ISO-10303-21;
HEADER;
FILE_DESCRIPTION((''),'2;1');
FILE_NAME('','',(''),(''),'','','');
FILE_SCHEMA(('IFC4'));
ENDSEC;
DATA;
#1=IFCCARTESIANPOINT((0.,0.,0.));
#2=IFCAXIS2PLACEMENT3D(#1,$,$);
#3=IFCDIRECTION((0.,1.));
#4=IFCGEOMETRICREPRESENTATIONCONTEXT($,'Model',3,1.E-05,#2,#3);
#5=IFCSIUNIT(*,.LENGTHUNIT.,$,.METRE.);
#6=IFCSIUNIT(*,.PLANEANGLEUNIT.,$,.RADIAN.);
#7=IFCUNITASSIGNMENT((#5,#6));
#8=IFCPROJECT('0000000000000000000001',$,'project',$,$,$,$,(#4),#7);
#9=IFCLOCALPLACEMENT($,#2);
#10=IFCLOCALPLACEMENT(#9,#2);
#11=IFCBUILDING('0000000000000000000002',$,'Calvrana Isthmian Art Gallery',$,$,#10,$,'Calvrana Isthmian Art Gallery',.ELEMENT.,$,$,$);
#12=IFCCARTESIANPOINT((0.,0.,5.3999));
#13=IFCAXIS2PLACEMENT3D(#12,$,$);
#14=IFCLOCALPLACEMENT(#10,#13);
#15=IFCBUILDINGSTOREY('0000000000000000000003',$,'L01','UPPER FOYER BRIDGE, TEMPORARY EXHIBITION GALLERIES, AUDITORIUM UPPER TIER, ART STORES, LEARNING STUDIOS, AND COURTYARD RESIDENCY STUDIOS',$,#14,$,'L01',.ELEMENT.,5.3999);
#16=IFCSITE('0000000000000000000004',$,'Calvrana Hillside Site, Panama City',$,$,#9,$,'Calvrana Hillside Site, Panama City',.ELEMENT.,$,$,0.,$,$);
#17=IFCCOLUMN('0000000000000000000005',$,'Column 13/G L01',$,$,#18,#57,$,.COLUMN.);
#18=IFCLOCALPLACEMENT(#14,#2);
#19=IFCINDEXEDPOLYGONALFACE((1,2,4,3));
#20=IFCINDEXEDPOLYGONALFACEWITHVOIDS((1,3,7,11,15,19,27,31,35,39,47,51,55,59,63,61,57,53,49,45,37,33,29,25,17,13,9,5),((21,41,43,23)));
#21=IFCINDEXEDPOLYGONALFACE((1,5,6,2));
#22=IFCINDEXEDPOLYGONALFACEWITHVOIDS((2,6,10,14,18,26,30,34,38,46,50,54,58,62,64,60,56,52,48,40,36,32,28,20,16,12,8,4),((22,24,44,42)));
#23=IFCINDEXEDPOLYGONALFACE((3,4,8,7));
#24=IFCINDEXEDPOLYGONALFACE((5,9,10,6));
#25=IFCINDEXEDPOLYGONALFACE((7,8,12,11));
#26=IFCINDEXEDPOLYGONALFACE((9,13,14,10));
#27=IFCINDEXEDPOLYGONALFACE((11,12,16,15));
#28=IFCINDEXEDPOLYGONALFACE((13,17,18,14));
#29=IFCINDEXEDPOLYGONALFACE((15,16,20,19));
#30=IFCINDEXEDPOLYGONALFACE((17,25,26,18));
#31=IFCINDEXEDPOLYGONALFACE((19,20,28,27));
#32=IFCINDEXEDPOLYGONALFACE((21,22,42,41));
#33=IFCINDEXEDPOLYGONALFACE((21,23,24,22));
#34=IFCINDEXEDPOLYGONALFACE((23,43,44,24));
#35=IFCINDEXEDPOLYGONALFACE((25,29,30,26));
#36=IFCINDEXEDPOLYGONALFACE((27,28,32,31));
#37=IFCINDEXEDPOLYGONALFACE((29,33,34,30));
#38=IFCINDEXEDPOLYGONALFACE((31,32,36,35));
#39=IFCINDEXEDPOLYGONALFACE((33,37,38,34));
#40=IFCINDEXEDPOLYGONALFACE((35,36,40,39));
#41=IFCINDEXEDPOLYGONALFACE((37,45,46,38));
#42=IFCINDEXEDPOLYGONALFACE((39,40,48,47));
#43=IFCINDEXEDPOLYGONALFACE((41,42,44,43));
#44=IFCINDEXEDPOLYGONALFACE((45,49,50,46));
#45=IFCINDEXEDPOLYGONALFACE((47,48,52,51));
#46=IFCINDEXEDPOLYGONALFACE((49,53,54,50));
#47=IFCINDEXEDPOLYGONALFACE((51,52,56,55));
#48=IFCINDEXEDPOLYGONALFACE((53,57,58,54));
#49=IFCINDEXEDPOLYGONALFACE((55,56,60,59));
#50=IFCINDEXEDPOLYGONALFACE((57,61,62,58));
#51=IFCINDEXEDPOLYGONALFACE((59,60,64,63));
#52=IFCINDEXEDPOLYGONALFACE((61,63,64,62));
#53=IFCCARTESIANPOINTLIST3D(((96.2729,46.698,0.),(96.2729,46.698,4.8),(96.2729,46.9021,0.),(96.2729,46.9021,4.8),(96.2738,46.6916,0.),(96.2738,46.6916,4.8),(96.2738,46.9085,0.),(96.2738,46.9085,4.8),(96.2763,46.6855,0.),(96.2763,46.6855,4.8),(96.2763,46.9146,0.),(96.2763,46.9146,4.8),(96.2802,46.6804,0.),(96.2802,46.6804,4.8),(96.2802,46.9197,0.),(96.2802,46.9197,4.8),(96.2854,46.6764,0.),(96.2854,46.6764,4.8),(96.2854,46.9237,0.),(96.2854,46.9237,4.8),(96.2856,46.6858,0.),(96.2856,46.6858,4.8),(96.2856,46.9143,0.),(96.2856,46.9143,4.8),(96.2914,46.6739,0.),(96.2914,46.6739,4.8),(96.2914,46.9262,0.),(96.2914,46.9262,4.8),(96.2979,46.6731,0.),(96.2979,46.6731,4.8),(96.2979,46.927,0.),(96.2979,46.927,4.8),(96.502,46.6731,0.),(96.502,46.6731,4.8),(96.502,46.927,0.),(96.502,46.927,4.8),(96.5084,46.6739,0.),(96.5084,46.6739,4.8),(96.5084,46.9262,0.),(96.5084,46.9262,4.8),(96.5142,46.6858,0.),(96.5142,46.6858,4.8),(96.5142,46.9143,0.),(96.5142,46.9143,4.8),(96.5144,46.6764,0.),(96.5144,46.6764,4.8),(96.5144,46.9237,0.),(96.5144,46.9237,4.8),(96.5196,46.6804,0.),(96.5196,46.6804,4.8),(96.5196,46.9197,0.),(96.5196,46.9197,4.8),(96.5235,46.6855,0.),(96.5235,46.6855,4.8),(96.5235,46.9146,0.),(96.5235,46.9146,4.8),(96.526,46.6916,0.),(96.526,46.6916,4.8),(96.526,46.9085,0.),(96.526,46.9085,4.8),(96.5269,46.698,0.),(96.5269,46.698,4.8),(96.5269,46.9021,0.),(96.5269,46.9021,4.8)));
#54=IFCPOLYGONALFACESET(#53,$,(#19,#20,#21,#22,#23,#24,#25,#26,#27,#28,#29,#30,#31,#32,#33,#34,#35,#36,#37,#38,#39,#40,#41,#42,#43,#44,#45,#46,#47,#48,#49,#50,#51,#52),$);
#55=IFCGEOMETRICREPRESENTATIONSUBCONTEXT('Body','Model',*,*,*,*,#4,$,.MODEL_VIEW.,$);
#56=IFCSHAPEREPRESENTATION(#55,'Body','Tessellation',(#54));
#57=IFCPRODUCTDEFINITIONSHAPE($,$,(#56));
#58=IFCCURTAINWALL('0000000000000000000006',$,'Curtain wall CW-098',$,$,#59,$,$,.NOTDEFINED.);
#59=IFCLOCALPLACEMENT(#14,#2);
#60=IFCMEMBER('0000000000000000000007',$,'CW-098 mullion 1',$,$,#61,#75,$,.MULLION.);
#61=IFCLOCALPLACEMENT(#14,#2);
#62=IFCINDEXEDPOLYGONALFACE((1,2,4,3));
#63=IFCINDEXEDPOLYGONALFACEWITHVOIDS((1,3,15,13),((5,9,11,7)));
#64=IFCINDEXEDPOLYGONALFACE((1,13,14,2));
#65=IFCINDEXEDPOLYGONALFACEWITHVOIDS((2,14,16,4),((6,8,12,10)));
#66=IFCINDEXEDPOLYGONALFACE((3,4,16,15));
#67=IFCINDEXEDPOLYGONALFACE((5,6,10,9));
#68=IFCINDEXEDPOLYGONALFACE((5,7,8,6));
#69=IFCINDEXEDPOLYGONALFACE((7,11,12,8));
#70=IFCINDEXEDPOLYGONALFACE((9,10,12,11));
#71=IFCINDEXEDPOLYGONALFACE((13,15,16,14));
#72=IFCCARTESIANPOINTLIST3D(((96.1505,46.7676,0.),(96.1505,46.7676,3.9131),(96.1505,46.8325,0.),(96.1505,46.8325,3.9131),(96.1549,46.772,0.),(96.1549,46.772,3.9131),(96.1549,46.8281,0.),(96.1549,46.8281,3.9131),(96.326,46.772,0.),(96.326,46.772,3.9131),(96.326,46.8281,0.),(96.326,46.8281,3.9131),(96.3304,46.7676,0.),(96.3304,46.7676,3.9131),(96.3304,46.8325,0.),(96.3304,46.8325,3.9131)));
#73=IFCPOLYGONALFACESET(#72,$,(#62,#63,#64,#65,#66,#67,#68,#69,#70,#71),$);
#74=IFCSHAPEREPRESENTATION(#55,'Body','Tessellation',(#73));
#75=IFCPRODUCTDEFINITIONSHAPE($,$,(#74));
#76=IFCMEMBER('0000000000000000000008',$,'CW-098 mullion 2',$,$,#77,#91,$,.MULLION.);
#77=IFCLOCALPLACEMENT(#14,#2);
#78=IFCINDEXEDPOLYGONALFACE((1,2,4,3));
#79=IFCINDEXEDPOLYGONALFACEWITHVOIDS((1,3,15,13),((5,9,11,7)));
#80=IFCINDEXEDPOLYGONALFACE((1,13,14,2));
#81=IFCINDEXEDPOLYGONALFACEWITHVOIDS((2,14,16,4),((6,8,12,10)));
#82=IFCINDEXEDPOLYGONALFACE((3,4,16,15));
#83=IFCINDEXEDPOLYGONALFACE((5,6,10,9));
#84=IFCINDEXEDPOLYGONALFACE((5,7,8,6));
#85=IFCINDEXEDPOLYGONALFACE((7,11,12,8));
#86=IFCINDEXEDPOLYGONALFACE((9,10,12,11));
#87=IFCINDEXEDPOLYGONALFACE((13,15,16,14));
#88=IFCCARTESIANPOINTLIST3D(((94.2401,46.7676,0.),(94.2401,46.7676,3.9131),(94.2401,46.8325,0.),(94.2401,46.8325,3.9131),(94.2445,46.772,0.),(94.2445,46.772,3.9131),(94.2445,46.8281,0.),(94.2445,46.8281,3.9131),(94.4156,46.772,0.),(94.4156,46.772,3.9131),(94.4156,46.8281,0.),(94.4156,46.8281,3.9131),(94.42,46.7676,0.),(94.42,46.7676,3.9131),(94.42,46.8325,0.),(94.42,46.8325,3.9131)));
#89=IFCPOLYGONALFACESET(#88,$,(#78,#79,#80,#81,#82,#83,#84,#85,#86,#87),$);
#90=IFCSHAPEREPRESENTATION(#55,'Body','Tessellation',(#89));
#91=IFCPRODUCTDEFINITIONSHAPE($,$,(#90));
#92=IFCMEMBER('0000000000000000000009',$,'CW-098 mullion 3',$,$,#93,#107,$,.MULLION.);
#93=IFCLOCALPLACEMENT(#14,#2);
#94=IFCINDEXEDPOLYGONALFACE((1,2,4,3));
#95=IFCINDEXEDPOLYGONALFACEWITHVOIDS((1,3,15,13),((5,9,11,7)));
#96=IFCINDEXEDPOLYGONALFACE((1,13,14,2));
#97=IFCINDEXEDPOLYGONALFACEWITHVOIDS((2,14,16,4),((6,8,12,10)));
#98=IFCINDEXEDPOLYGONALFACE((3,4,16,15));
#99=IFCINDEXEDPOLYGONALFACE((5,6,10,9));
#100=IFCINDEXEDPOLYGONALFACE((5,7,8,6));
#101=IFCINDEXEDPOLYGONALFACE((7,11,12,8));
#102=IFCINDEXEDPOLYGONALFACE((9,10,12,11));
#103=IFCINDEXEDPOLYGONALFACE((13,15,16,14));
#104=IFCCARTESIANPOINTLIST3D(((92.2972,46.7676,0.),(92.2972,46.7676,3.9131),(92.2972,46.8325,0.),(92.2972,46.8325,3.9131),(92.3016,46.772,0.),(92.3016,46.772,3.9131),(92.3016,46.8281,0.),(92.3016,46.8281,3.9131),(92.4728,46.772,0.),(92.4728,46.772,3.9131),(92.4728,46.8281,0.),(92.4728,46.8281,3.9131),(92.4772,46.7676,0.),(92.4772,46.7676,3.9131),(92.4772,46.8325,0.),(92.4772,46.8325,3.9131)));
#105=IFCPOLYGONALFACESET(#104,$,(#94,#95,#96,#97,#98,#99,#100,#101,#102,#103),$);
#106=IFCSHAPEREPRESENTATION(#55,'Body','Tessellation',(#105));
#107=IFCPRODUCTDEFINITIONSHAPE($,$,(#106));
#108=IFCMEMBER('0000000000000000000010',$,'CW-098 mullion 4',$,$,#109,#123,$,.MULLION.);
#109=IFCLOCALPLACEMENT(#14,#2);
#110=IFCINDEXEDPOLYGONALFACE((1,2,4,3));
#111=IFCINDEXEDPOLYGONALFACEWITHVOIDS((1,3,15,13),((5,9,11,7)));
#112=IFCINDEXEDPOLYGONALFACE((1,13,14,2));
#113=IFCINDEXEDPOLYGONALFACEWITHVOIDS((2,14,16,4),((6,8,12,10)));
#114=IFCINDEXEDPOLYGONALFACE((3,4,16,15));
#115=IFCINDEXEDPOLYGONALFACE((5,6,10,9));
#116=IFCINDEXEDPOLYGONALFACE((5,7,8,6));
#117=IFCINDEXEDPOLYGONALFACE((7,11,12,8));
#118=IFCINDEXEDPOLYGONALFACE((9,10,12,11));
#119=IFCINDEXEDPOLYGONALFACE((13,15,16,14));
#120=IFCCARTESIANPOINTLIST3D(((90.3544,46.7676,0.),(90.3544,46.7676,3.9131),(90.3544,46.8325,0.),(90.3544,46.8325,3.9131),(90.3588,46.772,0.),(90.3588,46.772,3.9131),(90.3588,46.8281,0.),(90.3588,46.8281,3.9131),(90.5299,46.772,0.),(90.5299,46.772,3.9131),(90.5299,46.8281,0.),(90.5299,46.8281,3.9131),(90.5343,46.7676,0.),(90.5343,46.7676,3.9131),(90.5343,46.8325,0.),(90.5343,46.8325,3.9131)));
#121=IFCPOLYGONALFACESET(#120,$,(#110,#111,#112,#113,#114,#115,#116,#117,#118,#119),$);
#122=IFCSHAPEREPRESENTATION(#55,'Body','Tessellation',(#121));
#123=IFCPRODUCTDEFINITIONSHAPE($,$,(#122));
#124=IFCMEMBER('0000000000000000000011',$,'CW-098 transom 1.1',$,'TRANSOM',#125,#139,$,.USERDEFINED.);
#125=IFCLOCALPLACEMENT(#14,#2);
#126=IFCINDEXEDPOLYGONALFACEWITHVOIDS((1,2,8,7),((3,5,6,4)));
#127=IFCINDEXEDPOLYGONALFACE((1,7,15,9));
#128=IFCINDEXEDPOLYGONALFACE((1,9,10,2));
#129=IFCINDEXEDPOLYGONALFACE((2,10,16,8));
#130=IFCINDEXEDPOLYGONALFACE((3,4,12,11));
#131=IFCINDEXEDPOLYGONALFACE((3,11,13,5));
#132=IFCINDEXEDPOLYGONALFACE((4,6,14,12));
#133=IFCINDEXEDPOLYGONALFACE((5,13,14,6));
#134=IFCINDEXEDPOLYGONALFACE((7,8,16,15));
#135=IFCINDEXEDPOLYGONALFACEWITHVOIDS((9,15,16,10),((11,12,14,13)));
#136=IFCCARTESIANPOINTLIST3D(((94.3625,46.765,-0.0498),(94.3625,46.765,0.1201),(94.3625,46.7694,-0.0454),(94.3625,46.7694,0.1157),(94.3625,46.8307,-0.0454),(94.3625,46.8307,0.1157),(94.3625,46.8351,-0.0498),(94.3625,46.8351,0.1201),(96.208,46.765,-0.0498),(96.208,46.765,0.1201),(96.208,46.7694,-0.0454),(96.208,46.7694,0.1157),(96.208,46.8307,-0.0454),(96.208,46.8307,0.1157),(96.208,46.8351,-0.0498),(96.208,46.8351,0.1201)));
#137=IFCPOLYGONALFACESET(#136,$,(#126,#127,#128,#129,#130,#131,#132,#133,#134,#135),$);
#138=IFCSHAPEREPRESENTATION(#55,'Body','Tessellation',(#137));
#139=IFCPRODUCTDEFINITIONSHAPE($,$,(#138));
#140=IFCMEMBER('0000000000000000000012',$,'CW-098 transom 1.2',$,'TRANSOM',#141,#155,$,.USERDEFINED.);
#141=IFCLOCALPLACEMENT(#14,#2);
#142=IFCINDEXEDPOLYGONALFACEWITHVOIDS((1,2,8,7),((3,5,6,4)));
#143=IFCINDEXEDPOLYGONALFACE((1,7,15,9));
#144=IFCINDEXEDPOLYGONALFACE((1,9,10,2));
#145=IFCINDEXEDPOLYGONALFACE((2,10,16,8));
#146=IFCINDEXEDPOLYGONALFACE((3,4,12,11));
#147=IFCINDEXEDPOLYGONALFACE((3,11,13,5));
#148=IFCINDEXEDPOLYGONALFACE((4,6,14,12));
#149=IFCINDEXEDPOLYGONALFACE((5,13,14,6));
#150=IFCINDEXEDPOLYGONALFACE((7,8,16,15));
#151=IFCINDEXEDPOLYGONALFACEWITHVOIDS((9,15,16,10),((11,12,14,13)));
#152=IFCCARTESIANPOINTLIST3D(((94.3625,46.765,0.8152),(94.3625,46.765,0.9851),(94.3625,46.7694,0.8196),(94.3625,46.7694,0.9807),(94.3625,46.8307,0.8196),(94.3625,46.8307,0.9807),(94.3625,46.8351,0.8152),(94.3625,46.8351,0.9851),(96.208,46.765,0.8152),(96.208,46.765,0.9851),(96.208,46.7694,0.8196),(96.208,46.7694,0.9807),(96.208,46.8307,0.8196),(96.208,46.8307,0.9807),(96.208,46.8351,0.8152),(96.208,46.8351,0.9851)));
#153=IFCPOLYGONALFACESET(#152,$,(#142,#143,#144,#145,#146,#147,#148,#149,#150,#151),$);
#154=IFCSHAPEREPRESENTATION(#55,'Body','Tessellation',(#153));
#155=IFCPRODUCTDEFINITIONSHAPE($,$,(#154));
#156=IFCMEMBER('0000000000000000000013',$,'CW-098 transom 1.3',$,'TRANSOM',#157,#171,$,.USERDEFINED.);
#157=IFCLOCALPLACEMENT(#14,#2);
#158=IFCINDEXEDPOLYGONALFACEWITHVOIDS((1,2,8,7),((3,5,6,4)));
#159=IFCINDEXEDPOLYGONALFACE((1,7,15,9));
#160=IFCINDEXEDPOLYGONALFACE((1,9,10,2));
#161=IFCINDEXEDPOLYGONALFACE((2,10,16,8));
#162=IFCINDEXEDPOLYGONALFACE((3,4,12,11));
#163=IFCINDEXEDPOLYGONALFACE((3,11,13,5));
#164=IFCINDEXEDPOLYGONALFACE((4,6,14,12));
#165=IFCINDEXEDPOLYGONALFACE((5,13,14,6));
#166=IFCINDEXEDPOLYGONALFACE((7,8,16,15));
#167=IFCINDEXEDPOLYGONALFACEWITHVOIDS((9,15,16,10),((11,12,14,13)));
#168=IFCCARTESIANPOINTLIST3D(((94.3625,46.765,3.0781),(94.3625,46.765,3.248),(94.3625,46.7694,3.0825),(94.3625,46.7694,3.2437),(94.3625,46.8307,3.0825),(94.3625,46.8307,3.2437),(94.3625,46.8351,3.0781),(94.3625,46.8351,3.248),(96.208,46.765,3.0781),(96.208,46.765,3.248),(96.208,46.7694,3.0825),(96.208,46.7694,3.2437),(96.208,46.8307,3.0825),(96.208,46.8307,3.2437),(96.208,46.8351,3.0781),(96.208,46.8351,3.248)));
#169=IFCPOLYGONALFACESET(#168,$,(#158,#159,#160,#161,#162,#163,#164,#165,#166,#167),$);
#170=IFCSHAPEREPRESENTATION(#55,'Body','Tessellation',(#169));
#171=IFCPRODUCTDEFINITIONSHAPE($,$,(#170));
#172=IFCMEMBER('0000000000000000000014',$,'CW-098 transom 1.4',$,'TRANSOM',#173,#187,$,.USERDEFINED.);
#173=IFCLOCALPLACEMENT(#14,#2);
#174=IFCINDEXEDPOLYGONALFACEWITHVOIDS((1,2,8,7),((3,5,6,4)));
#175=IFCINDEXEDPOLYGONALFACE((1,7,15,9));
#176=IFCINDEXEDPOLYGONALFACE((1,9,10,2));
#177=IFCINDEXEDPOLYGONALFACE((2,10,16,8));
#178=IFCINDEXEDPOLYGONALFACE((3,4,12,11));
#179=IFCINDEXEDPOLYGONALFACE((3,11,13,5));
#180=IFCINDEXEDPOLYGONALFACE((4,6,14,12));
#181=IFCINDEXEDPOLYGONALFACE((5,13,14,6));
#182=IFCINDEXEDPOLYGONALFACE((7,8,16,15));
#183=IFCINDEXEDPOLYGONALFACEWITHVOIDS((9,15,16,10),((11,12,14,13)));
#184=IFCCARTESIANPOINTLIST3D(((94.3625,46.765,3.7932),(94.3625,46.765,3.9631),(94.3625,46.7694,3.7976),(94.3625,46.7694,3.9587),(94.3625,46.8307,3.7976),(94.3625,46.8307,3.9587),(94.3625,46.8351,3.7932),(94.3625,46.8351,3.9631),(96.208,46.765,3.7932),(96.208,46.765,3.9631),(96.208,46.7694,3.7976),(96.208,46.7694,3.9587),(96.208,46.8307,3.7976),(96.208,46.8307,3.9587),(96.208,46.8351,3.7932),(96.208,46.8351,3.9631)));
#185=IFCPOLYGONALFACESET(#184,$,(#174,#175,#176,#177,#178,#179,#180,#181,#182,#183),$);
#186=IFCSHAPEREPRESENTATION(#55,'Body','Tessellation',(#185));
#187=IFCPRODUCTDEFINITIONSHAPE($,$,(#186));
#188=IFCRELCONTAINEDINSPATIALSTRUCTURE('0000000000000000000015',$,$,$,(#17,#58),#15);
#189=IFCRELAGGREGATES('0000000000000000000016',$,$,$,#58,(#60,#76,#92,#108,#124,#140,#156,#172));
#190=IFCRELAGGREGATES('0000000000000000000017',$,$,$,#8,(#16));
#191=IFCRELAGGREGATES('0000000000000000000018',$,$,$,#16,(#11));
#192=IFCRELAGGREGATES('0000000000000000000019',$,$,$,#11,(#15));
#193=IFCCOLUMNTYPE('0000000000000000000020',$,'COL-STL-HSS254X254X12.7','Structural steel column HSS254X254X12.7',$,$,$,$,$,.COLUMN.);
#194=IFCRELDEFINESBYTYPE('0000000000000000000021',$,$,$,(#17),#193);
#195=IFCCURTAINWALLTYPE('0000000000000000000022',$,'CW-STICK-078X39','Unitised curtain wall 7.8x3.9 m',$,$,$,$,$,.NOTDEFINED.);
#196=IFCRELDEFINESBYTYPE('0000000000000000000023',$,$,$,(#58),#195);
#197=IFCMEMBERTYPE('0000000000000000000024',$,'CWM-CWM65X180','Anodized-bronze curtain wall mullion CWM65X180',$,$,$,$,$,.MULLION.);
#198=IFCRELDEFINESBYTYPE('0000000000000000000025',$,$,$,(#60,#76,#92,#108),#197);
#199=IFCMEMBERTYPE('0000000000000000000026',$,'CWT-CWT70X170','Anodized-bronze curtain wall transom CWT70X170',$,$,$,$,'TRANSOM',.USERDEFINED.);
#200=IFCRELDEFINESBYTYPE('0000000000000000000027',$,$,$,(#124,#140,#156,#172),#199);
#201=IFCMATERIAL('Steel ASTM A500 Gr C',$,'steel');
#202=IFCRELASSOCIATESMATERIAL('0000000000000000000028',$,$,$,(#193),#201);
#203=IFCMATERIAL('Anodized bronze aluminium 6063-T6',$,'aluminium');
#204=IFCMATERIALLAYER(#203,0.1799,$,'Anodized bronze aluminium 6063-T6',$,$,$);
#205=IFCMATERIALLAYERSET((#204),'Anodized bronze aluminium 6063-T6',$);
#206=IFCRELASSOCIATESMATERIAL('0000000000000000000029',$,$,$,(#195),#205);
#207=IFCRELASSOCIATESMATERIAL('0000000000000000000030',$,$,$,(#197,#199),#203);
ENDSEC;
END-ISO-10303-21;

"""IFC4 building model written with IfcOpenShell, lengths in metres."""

from ifc_helpers import new_model, si_unit, direction, frame, origin, origin_2d, place, context, subcontext, project, spatial, hollow_rectangle, extrude, material, layer, layer_set, material_profile, profile_set, type_object, element, aggregate, save


model = new_model("IFC4")

# Units and contexts
model_context = context("Model", 3, precision=1e-05, world=origin(), true_north=direction((0.0, 1.0)))
body_context = subcontext(model_context, "Body", "Model", "MODEL_VIEW")
ifc_project = project(units=[si_unit("LENGTHUNIT", "METRE"), si_unit("PLANEANGLEUNIT", "RADIAN")], contexts=[model_context])

# Site, building, storey
site_placement = place(None, origin())
site = spatial("IfcSite", under=ifc_project, at=site_placement, Name="Calvrana Hillside Site, Panama City", LongName="Calvrana Hillside Site, Panama City", CompositionType="ELEMENT", RefElevation=0.0)
building_placement = place(site_placement, origin())
building = spatial("IfcBuilding", under=site, at=building_placement, Name="Calvrana Isthmian Art Gallery", LongName="Calvrana Isthmian Art Gallery", CompositionType="ELEMENT")
storey_placement = place(building_placement, frame((0.0, 0.0, 5.3999)))
storey = spatial("IfcBuildingStorey", under=building, at=storey_placement, Name="L01", Description="UPPER FOYER BRIDGE, TEMPORARY EXHIBITION GALLERIES, AUDITORIUM UPPER TIER, ART STORES, LEARNING STUDIOS, AND COURTYARD RESIDENCY STUDIOS", LongName="L01", CompositionType="ELEMENT", Elevation=5.3999)

# Column
ifc_material_1 = material(Name="Steel ASTM A500 Gr C", Category="steel")
ifc_material_profile_1 = material_profile(ifc_material_1, hollow_rectangle(XDim=0.2539, YDim=0.2539, WallThickness=0.0127, OuterFilletRadius=0.0249, at=origin_2d()), Name="HSS254X254X12.7")
ifc_profile_set_1 = profile_set([ifc_material_profile_1], Name="Steel ASTM A500 Gr C")
column_type = type_object("IfcColumnType", Name="COL-STL-HSS254X254X12.7", Description="Structural steel column HSS254X254X12.7", PredefinedType="COLUMN", material=ifc_profile_set_1)
column_placement = place(storey_placement, frame((96.3999, 46.8, 0.0), z_axis=(0.0, 0.0, 1.0), x_axis=(1.0, 0.0, 0.0)))
element("IfcColumn", 1, at=column_placement, inside=storey, type_object=column_type, Name="Column 13/G L01", PredefinedType="COLUMN", context=body_context, shape_type="SweptSolid", body=[
    extrude(hollow_rectangle(XDim=0.2539, YDim=0.2539, WallThickness=0.0127, OuterFilletRadius=0.0249, at=origin_2d()), origin(), (0.0, 0.0, 1.0), 4.8),
])

# Curtain wall, members
ifc_material_2 = material(Name="Anodized bronze aluminium 6063-T6", Category="aluminium")
ifc_layer_1 = layer(ifc_material_2, 0.1799, Name="Anodized bronze aluminium 6063-T6")
ifc_layer_set_1 = layer_set([ifc_layer_1], Name="Anodized bronze aluminium 6063-T6")
curtain_wall_type = type_object("IfcCurtainWallType", Name="CW-STICK-078X39", Description="Unitised curtain wall 7.8x3.9 m", PredefinedType="NOTDEFINED", material=ifc_layer_set_1)
curtain_wall_placement = place(storey_placement, origin())
curtain_wall = element("IfcCurtainWall", 2, at=curtain_wall_placement, inside=storey, type_object=curtain_wall_type, Name="Curtain wall CW-098", PredefinedType="NOTDEFINED")
ifc_material_profile_2 = material_profile(ifc_material_2, hollow_rectangle(XDim=0.0649, YDim=0.1799, WallThickness=0.0044, at=origin_2d()), Name="CWM65X180")
ifc_profile_set_2 = profile_set([ifc_material_profile_2], Name="Anodized bronze aluminium 6063-T6")
member_type_1 = type_object("IfcMemberType", Name="CWM-CWM65X180", Description="Anodized-bronze curtain wall mullion CWM65X180", PredefinedType="MULLION", material=ifc_profile_set_2)
member_1_placement = place(storey_placement, frame((96.2405, 46.8, 0.0), z_axis=(0.0, 0.0, 1.0), x_axis=(0.0, -1.0, 0.0)))
member_1 = element("IfcMember", 3, at=member_1_placement, type_object=member_type_1, Name="CW-098 mullion 1", PredefinedType="MULLION", context=body_context, shape_type="SweptSolid", body=[
    extrude(hollow_rectangle(XDim=0.0649, YDim=0.1799, WallThickness=0.0044, at=origin_2d()), origin(), (0.0, 0.0, 1.0), 3.9131),
])
member_2_placement = place(storey_placement, frame((94.3301, 46.8, 0.0), z_axis=(0.0, 0.0, 1.0), x_axis=(0.0, -1.0, 0.0)))
member_2 = element("IfcMember", 4, at=member_2_placement, type_object=member_type_1, Name="CW-098 mullion 2", PredefinedType="MULLION", context=body_context, shape_type="SweptSolid", body=[
    extrude(hollow_rectangle(XDim=0.0649, YDim=0.1799, WallThickness=0.0044, at=origin_2d()), origin(), (0.0, 0.0, 1.0), 3.9131),
])
member_3_placement = place(storey_placement, frame((92.3872, 46.8, 0.0), z_axis=(0.0, 0.0, 1.0), x_axis=(0.0, -1.0, 0.0)))
member_3 = element("IfcMember", 5, at=member_3_placement, type_object=member_type_1, Name="CW-098 mullion 3", PredefinedType="MULLION", context=body_context, shape_type="SweptSolid", body=[
    extrude(hollow_rectangle(XDim=0.0649, YDim=0.1799, WallThickness=0.0044, at=origin_2d()), origin(), (0.0, 0.0, 1.0), 3.9131),
])
member_4_placement = place(storey_placement, frame((90.4443, 46.8, 0.0), z_axis=(0.0, 0.0, 1.0), x_axis=(0.0, -1.0, 0.0)))
member_4 = element("IfcMember", 6, at=member_4_placement, type_object=member_type_1, Name="CW-098 mullion 4", PredefinedType="MULLION", context=body_context, shape_type="SweptSolid", body=[
    extrude(hollow_rectangle(XDim=0.0649, YDim=0.1799, WallThickness=0.0044, at=origin_2d()), origin(), (0.0, 0.0, 1.0), 3.9131),
])
ifc_material_profile_3 = material_profile(ifc_material_2, hollow_rectangle(XDim=0.0701, YDim=0.1699, WallThickness=0.0044, at=origin_2d()), Name="CWT70X170")
ifc_profile_set_3 = profile_set([ifc_material_profile_3], Name="Anodized bronze aluminium 6063-T6")
member_type_2 = type_object("IfcMemberType", Name="CWT-CWT70X170", Description="Anodized-bronze curtain wall transom CWT70X170", ElementType="TRANSOM", PredefinedType="USERDEFINED", material=ifc_profile_set_3)
member_5_placement = place(storey_placement, frame((96.208, 46.8, 0.0352), z_axis=(-1.0, 0.0, 0.0), x_axis=(0.0, -1.0, 0.0)))
member_5 = element("IfcMember", 7, at=member_5_placement, type_object=member_type_2, Name="CW-098 transom 1.1", ObjectType="TRANSOM", PredefinedType="USERDEFINED", context=body_context, shape_type="SweptSolid", body=[
    extrude(hollow_rectangle(XDim=0.0701, YDim=0.1699, WallThickness=0.0044, at=origin_2d()), origin(), (0.0, 0.0, 1.0), 1.8455),
])
member_6_placement = place(storey_placement, frame((96.208, 46.8, 0.9001), z_axis=(-1.0, 0.0, 0.0), x_axis=(0.0, -1.0, 0.0)))
member_6 = element("IfcMember", 8, at=member_6_placement, type_object=member_type_2, Name="CW-098 transom 1.2", ObjectType="TRANSOM", PredefinedType="USERDEFINED", context=body_context, shape_type="SweptSolid", body=[
    extrude(hollow_rectangle(XDim=0.0701, YDim=0.1699, WallThickness=0.0044, at=origin_2d()), origin(), (0.0, 0.0, 1.0), 1.8455),
])
member_7_placement = place(storey_placement, frame((96.208, 46.8, 3.1631), z_axis=(-1.0, 0.0, 0.0), x_axis=(0.0, -1.0, 0.0)))
member_7 = element("IfcMember", 9, at=member_7_placement, type_object=member_type_2, Name="CW-098 transom 1.3", ObjectType="TRANSOM", PredefinedType="USERDEFINED", context=body_context, shape_type="SweptSolid", body=[
    extrude(hollow_rectangle(XDim=0.0701, YDim=0.1699, WallThickness=0.0044, at=origin_2d()), origin(), (0.0, 0.0, 1.0), 1.8455),
])
member_8_placement = place(storey_placement, frame((96.208, 46.8, 3.8782), z_axis=(-1.0, 0.0, 0.0), x_axis=(0.0, -1.0, 0.0)))
member_8 = element("IfcMember", 10, at=member_8_placement, type_object=member_type_2, Name="CW-098 transom 1.4", ObjectType="TRANSOM", PredefinedType="USERDEFINED", context=body_context, shape_type="SweptSolid", body=[
    extrude(hollow_rectangle(XDim=0.0701, YDim=0.1699, WallThickness=0.0044, at=origin_2d()), origin(), (0.0, 0.0, 1.0), 1.8455),
])
aggregate(curtain_wall, [member_1, member_2, member_3, member_4, member_5, member_6, member_7, member_8])

save(model, "model.ifc")
